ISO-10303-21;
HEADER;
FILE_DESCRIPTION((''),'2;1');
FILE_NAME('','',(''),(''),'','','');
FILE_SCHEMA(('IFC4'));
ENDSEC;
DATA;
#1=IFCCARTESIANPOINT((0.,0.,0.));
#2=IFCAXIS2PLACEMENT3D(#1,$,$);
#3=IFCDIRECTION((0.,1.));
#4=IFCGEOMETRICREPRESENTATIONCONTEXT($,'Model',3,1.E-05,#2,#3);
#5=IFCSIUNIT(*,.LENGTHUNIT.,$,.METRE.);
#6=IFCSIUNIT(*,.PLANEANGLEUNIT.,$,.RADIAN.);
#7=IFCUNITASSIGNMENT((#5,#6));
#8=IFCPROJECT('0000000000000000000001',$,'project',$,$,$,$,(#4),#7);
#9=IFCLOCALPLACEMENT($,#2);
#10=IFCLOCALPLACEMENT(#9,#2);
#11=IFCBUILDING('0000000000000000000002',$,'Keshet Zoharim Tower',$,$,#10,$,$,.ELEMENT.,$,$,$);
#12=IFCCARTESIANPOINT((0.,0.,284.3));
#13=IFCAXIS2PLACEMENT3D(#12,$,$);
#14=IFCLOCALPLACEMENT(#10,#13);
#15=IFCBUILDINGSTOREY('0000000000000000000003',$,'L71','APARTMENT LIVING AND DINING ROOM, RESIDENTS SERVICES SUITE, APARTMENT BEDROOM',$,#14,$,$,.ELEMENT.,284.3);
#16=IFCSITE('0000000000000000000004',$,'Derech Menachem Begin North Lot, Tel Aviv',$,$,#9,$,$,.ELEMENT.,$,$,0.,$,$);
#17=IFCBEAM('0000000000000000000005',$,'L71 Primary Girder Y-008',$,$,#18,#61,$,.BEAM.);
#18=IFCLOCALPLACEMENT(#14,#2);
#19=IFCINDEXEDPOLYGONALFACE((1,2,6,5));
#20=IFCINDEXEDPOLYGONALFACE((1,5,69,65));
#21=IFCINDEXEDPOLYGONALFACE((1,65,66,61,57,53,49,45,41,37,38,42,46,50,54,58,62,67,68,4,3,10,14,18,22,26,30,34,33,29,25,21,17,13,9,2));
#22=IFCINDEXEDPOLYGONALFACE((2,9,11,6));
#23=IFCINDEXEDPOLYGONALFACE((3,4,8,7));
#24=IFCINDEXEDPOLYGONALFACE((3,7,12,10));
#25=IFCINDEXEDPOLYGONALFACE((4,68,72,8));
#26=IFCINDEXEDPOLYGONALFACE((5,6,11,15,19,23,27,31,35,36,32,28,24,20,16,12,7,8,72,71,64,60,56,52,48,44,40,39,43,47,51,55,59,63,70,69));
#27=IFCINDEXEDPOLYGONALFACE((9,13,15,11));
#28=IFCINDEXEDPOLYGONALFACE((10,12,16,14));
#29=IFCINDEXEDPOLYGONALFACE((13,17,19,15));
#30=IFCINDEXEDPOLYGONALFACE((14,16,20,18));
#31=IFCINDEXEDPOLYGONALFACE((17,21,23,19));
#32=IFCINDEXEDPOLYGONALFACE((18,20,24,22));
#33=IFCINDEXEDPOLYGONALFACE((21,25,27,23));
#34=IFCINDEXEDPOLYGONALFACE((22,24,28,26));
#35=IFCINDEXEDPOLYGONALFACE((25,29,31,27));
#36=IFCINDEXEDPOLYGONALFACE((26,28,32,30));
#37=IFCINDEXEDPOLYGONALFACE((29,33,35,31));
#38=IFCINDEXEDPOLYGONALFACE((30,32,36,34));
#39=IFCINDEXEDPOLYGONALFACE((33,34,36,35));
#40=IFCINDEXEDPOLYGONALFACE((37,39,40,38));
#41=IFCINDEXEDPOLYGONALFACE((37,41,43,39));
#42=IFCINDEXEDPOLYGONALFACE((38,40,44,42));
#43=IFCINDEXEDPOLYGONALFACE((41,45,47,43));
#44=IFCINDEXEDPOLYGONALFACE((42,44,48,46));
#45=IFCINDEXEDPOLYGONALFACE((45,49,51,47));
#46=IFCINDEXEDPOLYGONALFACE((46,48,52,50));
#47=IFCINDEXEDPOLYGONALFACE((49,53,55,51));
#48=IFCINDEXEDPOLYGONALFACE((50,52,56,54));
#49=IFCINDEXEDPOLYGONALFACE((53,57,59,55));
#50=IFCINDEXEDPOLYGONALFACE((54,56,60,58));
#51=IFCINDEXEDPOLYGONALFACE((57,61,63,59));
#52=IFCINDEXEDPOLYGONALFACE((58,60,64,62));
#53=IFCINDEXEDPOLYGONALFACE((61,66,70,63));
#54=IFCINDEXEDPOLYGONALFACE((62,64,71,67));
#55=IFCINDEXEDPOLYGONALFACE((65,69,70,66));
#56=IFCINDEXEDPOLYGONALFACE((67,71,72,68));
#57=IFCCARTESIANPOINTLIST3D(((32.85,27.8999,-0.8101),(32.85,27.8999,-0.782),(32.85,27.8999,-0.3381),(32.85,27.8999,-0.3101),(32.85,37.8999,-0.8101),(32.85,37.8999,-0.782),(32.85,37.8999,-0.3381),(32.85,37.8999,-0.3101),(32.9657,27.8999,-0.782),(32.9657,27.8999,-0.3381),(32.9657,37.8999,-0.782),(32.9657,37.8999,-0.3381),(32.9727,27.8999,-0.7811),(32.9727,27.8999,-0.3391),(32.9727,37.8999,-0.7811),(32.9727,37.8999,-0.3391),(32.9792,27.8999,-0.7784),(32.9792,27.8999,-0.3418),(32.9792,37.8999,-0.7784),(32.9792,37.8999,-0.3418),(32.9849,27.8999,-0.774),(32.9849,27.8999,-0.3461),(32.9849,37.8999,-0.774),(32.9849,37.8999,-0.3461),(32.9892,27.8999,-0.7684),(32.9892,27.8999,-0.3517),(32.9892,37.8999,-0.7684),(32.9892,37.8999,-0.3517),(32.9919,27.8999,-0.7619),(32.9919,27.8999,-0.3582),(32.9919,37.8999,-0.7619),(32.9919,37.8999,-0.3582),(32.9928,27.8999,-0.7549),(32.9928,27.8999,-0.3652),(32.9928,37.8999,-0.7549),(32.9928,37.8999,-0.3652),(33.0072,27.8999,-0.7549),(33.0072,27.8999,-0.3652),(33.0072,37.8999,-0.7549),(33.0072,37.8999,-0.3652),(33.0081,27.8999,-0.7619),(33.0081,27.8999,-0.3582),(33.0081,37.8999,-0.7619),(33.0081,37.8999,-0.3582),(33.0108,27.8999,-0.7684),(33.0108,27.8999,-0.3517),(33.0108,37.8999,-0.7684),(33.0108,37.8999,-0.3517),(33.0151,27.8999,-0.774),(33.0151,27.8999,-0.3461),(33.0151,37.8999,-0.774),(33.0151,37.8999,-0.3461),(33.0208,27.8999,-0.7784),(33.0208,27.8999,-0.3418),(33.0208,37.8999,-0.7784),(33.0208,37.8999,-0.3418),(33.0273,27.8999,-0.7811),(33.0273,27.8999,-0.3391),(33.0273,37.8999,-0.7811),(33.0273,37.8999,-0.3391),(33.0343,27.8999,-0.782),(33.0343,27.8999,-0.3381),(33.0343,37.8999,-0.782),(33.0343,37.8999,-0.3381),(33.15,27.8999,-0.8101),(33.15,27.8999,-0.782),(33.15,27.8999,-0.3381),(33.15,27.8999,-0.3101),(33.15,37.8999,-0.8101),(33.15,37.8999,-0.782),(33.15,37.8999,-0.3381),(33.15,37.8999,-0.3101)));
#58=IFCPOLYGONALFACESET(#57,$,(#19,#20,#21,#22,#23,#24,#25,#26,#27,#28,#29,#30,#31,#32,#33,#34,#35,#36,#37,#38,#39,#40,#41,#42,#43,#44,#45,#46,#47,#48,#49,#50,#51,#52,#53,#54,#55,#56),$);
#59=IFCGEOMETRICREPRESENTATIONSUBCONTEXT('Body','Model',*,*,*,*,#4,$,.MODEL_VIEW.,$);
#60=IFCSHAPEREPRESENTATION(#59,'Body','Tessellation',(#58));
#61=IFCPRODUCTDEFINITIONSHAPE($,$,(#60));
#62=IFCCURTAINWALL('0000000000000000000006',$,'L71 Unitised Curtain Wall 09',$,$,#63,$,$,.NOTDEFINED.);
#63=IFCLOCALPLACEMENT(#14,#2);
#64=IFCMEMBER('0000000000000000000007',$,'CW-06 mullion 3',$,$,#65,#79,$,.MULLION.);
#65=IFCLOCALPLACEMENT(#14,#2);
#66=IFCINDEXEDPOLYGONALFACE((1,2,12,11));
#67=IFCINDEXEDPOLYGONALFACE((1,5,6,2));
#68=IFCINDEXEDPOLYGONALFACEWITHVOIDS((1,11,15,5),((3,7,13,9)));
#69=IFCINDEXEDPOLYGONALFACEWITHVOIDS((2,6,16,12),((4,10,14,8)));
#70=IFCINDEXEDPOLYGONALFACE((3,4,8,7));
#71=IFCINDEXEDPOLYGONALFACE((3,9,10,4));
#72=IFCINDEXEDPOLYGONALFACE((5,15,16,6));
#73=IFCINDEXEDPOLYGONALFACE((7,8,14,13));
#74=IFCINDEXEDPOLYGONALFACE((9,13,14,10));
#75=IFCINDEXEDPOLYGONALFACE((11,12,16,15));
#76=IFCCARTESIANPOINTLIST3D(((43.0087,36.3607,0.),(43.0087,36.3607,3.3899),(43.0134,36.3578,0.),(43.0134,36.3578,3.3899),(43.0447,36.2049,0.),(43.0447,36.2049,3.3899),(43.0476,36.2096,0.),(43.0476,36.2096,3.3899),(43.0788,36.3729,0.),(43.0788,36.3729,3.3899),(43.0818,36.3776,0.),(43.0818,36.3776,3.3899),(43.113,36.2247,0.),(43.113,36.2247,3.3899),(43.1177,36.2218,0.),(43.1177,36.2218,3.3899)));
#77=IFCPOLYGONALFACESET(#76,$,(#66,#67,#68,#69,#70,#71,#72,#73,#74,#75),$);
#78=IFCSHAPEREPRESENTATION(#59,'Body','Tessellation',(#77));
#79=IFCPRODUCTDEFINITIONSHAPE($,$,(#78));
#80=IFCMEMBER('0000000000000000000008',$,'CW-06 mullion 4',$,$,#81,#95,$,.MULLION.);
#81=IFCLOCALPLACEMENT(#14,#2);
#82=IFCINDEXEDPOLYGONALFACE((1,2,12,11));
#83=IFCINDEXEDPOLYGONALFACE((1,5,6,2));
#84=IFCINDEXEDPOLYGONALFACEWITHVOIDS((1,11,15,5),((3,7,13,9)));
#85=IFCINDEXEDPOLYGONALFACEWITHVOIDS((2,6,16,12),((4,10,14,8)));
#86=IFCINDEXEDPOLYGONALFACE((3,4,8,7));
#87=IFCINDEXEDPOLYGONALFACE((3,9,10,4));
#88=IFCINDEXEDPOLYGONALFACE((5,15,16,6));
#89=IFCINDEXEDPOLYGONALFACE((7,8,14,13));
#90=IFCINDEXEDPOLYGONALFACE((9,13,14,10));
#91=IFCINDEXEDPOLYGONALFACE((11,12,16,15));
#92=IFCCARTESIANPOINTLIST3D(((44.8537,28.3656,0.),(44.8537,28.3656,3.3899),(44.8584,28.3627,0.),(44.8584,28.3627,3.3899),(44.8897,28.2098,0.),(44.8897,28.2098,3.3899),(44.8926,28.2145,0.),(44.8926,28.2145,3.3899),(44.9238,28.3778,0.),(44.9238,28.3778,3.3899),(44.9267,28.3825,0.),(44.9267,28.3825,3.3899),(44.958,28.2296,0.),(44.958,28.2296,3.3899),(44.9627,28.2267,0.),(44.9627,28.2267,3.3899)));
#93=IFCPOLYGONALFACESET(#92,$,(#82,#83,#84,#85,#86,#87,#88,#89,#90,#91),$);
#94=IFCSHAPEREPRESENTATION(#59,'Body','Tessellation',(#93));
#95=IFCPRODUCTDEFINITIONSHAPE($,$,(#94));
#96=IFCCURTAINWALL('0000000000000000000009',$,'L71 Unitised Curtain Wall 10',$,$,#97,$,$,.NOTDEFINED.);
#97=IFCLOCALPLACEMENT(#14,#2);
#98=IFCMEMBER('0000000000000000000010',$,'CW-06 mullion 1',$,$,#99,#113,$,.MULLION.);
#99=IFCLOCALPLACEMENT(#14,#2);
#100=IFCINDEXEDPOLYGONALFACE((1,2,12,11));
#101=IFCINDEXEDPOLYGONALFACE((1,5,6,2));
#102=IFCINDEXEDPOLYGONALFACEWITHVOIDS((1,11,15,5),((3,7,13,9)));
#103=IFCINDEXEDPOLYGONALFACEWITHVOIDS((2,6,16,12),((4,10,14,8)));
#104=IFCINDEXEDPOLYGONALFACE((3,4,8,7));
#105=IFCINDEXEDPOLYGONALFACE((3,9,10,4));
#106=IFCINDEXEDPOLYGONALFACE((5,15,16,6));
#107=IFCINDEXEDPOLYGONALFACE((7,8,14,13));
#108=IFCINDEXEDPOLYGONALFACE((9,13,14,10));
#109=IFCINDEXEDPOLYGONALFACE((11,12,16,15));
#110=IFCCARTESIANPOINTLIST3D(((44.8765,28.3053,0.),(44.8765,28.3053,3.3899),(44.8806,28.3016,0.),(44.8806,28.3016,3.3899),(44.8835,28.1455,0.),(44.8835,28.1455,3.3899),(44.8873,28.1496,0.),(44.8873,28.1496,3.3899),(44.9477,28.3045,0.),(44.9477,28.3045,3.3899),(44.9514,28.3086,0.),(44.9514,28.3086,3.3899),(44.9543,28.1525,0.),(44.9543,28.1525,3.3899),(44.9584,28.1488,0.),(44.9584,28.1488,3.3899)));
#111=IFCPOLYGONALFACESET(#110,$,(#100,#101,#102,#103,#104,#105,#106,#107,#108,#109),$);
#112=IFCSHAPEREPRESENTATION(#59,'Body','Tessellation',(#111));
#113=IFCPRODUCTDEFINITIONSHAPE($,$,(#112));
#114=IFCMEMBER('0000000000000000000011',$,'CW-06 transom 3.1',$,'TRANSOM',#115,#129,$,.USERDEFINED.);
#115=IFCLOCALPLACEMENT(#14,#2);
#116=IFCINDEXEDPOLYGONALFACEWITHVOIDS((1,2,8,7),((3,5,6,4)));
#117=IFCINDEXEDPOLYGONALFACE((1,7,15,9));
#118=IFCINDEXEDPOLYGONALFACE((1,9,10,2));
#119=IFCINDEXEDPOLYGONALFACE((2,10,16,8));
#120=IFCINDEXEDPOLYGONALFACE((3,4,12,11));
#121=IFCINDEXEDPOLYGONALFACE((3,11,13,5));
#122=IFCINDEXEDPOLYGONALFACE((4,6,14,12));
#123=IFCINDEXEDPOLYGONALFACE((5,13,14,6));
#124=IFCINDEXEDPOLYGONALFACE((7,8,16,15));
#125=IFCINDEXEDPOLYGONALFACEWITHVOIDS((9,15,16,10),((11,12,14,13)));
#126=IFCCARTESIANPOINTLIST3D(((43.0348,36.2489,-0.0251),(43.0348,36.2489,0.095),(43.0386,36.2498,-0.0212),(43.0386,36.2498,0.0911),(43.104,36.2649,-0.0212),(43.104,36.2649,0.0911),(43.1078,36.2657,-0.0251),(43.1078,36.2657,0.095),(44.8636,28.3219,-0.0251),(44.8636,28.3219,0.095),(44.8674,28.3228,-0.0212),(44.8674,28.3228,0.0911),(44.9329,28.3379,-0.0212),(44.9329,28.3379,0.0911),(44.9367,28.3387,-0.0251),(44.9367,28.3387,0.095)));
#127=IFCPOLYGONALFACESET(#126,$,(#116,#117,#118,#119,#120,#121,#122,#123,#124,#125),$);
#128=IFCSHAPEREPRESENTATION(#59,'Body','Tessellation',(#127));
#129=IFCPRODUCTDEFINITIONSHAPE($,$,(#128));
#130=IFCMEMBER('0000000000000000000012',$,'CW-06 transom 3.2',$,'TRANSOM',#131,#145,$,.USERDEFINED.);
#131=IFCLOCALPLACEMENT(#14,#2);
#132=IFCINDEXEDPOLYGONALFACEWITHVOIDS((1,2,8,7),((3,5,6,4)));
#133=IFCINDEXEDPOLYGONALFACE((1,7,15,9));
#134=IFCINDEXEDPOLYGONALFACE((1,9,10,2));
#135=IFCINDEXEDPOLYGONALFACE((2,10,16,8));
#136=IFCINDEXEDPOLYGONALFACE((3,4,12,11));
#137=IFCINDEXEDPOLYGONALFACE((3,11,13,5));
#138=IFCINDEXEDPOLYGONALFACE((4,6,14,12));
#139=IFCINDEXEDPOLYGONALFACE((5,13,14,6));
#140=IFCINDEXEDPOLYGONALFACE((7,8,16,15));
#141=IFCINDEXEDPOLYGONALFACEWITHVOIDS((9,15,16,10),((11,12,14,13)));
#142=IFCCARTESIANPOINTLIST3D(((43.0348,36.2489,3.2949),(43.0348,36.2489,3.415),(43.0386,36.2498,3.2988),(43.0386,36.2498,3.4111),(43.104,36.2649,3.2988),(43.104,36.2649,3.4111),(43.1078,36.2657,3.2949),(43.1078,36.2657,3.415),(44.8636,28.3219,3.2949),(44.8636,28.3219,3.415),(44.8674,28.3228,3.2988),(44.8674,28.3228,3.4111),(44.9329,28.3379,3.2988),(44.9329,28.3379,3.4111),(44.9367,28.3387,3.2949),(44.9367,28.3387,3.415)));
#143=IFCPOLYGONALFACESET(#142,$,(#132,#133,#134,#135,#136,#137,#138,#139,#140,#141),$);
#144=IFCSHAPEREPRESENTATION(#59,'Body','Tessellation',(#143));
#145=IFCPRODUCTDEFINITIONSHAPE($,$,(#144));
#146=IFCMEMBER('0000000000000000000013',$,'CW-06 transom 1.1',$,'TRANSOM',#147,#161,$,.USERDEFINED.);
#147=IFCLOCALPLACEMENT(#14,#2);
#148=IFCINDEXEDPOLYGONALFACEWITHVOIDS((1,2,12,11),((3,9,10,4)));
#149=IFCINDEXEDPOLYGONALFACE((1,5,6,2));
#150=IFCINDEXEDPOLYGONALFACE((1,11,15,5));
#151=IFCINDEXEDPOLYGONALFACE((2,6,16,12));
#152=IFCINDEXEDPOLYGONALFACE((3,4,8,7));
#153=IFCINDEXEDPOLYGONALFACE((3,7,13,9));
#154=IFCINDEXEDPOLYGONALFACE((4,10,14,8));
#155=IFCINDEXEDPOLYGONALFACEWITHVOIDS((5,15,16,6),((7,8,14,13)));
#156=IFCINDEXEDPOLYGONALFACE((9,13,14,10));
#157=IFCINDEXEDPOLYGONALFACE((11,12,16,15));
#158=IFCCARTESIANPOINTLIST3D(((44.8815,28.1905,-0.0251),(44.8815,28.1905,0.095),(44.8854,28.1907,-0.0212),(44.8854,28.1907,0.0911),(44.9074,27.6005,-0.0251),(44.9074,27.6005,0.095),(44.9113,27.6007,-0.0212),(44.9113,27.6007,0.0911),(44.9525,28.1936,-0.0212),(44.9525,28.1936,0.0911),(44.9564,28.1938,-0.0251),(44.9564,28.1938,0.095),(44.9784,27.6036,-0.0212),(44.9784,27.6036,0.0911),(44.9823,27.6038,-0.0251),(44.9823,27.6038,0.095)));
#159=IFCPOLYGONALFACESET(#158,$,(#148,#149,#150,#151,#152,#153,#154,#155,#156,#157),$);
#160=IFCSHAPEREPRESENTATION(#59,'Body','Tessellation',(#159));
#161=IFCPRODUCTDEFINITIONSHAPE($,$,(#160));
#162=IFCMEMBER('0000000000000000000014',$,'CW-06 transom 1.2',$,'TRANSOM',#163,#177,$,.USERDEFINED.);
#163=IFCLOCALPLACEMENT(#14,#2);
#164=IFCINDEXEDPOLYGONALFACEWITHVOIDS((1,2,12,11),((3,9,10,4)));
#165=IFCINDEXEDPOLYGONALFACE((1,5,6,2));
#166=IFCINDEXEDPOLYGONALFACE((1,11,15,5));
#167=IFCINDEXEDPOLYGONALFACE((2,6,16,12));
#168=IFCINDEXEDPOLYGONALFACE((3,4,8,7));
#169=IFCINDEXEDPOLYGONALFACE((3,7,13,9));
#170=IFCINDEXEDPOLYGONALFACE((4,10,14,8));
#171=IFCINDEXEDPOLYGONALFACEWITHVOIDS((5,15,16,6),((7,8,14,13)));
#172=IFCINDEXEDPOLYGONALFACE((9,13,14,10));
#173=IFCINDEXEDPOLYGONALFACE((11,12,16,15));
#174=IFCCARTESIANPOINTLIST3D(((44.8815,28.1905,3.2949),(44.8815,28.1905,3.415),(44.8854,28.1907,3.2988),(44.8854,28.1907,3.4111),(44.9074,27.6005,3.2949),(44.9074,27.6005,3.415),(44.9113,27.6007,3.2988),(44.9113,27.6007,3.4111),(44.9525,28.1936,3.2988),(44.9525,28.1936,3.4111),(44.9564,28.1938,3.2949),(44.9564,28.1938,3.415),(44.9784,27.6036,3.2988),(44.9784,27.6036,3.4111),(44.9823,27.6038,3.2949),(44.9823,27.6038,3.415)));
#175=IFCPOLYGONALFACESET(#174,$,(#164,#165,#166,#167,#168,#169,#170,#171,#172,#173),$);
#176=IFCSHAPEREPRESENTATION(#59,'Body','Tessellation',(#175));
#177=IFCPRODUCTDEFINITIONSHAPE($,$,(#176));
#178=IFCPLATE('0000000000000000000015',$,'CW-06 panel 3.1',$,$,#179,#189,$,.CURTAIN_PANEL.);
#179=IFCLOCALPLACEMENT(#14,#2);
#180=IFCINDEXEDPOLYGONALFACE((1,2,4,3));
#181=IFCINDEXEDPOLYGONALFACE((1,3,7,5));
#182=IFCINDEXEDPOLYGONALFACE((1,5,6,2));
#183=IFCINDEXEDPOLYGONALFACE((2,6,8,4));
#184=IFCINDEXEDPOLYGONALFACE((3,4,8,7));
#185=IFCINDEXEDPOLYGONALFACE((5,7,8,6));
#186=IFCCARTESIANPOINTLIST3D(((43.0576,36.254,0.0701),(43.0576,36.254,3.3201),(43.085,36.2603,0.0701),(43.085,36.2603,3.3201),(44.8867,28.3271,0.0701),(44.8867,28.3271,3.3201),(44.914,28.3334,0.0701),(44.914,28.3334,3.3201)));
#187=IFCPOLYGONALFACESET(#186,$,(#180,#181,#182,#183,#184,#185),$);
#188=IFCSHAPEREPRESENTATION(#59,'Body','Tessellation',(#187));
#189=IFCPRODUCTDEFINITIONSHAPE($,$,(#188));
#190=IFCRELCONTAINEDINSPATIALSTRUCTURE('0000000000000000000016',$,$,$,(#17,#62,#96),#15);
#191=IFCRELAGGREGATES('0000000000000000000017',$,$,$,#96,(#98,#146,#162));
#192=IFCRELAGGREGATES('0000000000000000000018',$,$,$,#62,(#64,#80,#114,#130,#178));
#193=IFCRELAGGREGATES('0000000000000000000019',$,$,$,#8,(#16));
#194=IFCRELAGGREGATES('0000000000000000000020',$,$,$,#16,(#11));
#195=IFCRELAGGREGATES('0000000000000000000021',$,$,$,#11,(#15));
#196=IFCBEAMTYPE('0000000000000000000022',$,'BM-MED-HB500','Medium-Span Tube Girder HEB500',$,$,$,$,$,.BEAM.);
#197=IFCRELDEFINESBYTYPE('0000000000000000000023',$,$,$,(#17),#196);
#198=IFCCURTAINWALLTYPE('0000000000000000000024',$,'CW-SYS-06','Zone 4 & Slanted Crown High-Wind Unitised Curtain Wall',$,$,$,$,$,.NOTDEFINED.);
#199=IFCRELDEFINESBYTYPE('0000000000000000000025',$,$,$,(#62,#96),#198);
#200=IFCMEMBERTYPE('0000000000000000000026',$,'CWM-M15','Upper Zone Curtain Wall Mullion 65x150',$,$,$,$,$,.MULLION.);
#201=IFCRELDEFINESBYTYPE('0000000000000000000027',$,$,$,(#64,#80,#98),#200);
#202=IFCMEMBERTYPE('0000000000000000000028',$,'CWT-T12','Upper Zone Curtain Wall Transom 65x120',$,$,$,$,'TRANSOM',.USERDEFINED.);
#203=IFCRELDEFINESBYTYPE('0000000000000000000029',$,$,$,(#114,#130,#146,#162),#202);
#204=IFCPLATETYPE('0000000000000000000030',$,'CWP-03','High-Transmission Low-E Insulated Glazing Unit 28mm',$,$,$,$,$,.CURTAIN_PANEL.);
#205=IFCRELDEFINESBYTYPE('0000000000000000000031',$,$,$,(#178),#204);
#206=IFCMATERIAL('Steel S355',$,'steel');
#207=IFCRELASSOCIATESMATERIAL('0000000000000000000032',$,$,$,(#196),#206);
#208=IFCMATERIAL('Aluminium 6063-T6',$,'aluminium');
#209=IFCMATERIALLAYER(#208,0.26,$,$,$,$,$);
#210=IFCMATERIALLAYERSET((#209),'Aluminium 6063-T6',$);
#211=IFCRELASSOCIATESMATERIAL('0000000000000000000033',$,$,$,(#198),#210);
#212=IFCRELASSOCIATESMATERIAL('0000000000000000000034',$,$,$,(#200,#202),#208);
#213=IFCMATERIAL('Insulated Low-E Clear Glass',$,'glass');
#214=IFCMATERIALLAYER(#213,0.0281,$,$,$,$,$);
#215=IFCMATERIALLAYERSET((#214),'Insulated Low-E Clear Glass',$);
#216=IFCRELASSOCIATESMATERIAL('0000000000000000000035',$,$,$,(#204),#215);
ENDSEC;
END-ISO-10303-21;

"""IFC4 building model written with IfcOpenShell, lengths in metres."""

from ifc_helpers import new_model, si_unit, direction, frame, origin, origin_2d, place, context, subcontext, project, spatial, rectangle, hollow_rectangle, i_section, extrude, material, layer, layer_set, material_profile, profile_set, type_object, element, aggregate, save


model = new_model("IFC4")

# Units and contexts
model_context = context("Model", 3, precision=1e-05, world=origin(), true_north=direction((0.0, 1.0)))
body_context = subcontext(model_context, "Body", "Model", "MODEL_VIEW")
ifc_project = project(units=[si_unit("LENGTHUNIT", "METRE"), si_unit("PLANEANGLEUNIT", "RADIAN")], contexts=[model_context])

# Site, building, storey
site_placement = place(None, origin())
site = spatial("IfcSite", under=ifc_project, at=site_placement, Name="Derech Menachem Begin North Lot, Tel Aviv", CompositionType="ELEMENT", RefElevation=0.0)
building_placement = place(site_placement, origin())
building = spatial("IfcBuilding", under=site, at=building_placement, Name="Keshet Zoharim Tower", CompositionType="ELEMENT")
storey_placement = place(building_placement, frame((0.0, 0.0, 284.3)))
storey = spatial("IfcBuildingStorey", under=building, at=storey_placement, Name="L71", Description="APARTMENT LIVING AND DINING ROOM, RESIDENTS SERVICES SUITE, APARTMENT BEDROOM", CompositionType="ELEMENT", Elevation=284.3)

# Shared definitions
ifc_material_1 = material(Name="Steel S355", Category="steel")

# Beam
ifc_material_profile_1 = material_profile(ifc_material_1, i_section(OverallWidth=0.3, OverallDepth=0.5, WebThickness=0.0144, FlangeThickness=0.0281, FilletRadius=0.0271, at=origin_2d()), Name="HEB500")
ifc_profile_set_1 = profile_set([ifc_material_profile_1], Name="Steel S355")
beam_type_1 = type_object("IfcBeamType", Name="BM-MED-HB500", Description="Medium-Span Tube Girder HEB500", PredefinedType="BEAM", material=ifc_profile_set_1)
beam_1_placement = place(storey_placement, frame((33.0, 27.8999, -0.5601), z_axis=(0.0, 1.0, 0.0), x_axis=(-1.0, 0.0, 0.0)))
element("IfcBeam", 1, at=beam_1_placement, inside=storey, type_object=beam_type_1, Name="L71 Primary Girder Y-008", PredefinedType="BEAM", context=body_context, shape_type="SweptSolid", body=[
    extrude(i_section(OverallWidth=0.3, OverallDepth=0.5, WebThickness=0.0144, FlangeThickness=0.0281, FilletRadius=0.0271, at=origin_2d()), origin(), (0.0, 0.0, 1.0), 10.0),
])

# Curtain wall, members
ifc_material_2 = material(Name="Aluminium 6063-T6", Category="aluminium")
ifc_layer_1 = layer(ifc_material_2, 0.26)
ifc_layer_set_1 = layer_set([ifc_layer_1], Name="Aluminium 6063-T6")
curtain_wall_type = type_object("IfcCurtainWallType", Name="CW-SYS-06", Description="Zone 4 & Slanted Crown High-Wind Unitised Curtain Wall", PredefinedType="NOTDEFINED", material=ifc_layer_set_1)
curtain_wall_1_placement = place(storey_placement, origin())
curtain_wall_1 = element("IfcCurtainWall", 2, at=curtain_wall_1_placement, inside=storey, type_object=curtain_wall_type, Name="L71 Unitised Curtain Wall 09", PredefinedType="NOTDEFINED")
ifc_material_profile_2 = material_profile(ifc_material_2, hollow_rectangle(XDim=0.075, YDim=0.1599, WallThickness=0.0039, at=origin_2d()), Name="MUL-75x160")
ifc_profile_set_2 = profile_set([ifc_material_profile_2], Name="Aluminium 6063-T6")
member_type_1 = type_object("IfcMemberType", Name="CWM-M15", Description="Upper Zone Curtain Wall Mullion 65x150", PredefinedType="MULLION", material=ifc_profile_set_2)
member_1_placement = place(storey_placement, frame((43.0632, 36.2913, 0.0), z_axis=(0.0, 0.0, 1.0), x_axis=(0.974398, 0.22483, 0.0)))
member_1 = element("IfcMember", 3, at=member_1_placement, type_object=member_type_1, Name="CW-06 mullion 3", PredefinedType="MULLION", context=body_context, shape_type="SweptSolid", body=[
    extrude(hollow_rectangle(XDim=0.075, YDim=0.1599, WallThickness=0.0039, at=origin_2d()), origin(), (0.0, 0.0, 1.0), 3.3899),
])
member_2_placement = place(storey_placement, frame((44.9082, 28.2961, 0.0), z_axis=(0.0, 0.0, 1.0), x_axis=(0.974398, 0.22483, 0.0)))
member_2 = element("IfcMember", 4, at=member_2_placement, type_object=member_type_1, Name="CW-06 mullion 4", PredefinedType="MULLION", context=body_context, shape_type="SweptSolid", body=[
    extrude(hollow_rectangle(XDim=0.075, YDim=0.1599, WallThickness=0.0039, at=origin_2d()), origin(), (0.0, 0.0, 1.0), 3.3899),
])

# Curtain wall, member
curtain_wall_2_placement = place(storey_placement, origin())
curtain_wall_2 = element("IfcCurtainWall", 5, at=curtain_wall_2_placement, inside=storey, type_object=curtain_wall_type, Name="L71 Unitised Curtain Wall 10", PredefinedType="NOTDEFINED")
member_3_placement = place(storey_placement, frame((44.9175, 28.2271, 0.0), z_axis=(0.0, 0.0, 1.0), x_axis=(0.999041, 0.043794, 0.0)))
member_3 = element("IfcMember", 6, at=member_3_placement, type_object=member_type_1, Name="CW-06 mullion 1", PredefinedType="MULLION", context=body_context, shape_type="SweptSolid", body=[
    extrude(hollow_rectangle(XDim=0.075, YDim=0.1599, WallThickness=0.0039, at=origin_2d()), origin(), (0.0, 0.0, 1.0), 3.3899),
])

# Members
ifc_material_profile_3 = material_profile(ifc_material_2, hollow_rectangle(XDim=0.075, YDim=0.1201, WallThickness=0.0039, at=origin_2d()), Name="TRN-75x120")
ifc_profile_set_3 = profile_set([ifc_material_profile_3], Name="Aluminium 6063-T6")
member_type_2 = type_object("IfcMemberType", Name="CWT-T12", Description="Upper Zone Curtain Wall Transom 65x120", ElementType="TRANSOM", PredefinedType="USERDEFINED", material=ifc_profile_set_3)
member_4_placement = place(storey_placement, frame((43.0713, 36.2573, 0.0349), z_axis=(0.224807, -0.974403, 0.0), x_axis=(0.974403, 0.224807, 0.0)))
member_4 = element("IfcMember", 7, at=member_4_placement, type_object=member_type_2, Name="CW-06 transom 3.1", ObjectType="TRANSOM", PredefinedType="USERDEFINED", context=body_context, shape_type="SweptSolid", body=[
    extrude(hollow_rectangle(XDim=0.075, YDim=0.1201, WallThickness=0.0039, at=origin_2d()), origin(), (0.0, 0.0, 1.0), 8.1353),
])
member_5_placement = place(storey_placement, frame((43.0713, 36.2573, 3.355), z_axis=(0.224807, -0.974403, 0.0), x_axis=(0.974403, 0.224807, 0.0)))
member_5 = element("IfcMember", 8, at=member_5_placement, type_object=member_type_2, Name="CW-06 transom 3.2", ObjectType="TRANSOM", PredefinedType="USERDEFINED", context=body_context, shape_type="SweptSolid", body=[
    extrude(hollow_rectangle(XDim=0.075, YDim=0.1201, WallThickness=0.0039, at=origin_2d()), origin(), (0.0, 0.0, 1.0), 8.1353),
])
member_6_placement = place(storey_placement, frame((44.9189, 28.1921, 0.0349), z_axis=(0.043814, -0.99904, 0.0), x_axis=(0.99904, 0.043814, 0.0)))
member_6 = element("IfcMember", 9, at=member_6_placement, type_object=member_type_2, Name="CW-06 transom 1.1", ObjectType="TRANSOM", PredefinedType="USERDEFINED", context=body_context, shape_type="SweptSolid", body=[
    extrude(hollow_rectangle(XDim=0.075, YDim=0.1201, WallThickness=0.0039, at=origin_2d()), origin(), (0.0, 0.0, 1.0), 0.5906),
])
member_7_placement = place(storey_placement, frame((44.9189, 28.1921, 3.355), z_axis=(0.043814, -0.99904, 0.0), x_axis=(0.99904, 0.043814, 0.0)))
member_7 = element("IfcMember", 10, at=member_7_placement, type_object=member_type_2, Name="CW-06 transom 1.2", ObjectType="TRANSOM", PredefinedType="USERDEFINED", context=body_context, shape_type="SweptSolid", body=[
    extrude(hollow_rectangle(XDim=0.075, YDim=0.1201, WallThickness=0.0039, at=origin_2d()), origin(), (0.0, 0.0, 1.0), 0.5906),
])
aggregate(curtain_wall_2, [member_3, member_6, member_7])

# Plate
ifc_material_3 = material(Name="Insulated Low-E Clear Glass", Category="glass")
ifc_layer_2 = layer(ifc_material_3, 0.0281)
ifc_layer_set_2 = layer_set([ifc_layer_2], Name="Insulated Low-E Clear Glass")
plate_type = type_object("IfcPlateType", Name="CWP-03", Description="High-Transmission Low-E Insulated Glazing Unit 28mm", PredefinedType="CURTAIN_PANEL", material=ifc_layer_set_2)
plate_placement = place(storey_placement, frame((43.9858, 32.2937, 0.0701), z_axis=(0.0, 0.0, 1.0), x_axis=(0.22483, -0.974398, 0.0)))
plate = element("IfcPlate", 11, at=plate_placement, type_object=plate_type, Name="CW-06 panel 3.1", PredefinedType="CURTAIN_PANEL", context=body_context, shape_type="SweptSolid", body=[
    extrude(rectangle(XDim=8.1353, YDim=0.0281, at=origin_2d()), origin(), (0.0, 0.0, 1.0), 3.25),
])
aggregate(curtain_wall_1, [member_1, member_2, member_4, member_5, plate])

save(model, "model.ifc")
